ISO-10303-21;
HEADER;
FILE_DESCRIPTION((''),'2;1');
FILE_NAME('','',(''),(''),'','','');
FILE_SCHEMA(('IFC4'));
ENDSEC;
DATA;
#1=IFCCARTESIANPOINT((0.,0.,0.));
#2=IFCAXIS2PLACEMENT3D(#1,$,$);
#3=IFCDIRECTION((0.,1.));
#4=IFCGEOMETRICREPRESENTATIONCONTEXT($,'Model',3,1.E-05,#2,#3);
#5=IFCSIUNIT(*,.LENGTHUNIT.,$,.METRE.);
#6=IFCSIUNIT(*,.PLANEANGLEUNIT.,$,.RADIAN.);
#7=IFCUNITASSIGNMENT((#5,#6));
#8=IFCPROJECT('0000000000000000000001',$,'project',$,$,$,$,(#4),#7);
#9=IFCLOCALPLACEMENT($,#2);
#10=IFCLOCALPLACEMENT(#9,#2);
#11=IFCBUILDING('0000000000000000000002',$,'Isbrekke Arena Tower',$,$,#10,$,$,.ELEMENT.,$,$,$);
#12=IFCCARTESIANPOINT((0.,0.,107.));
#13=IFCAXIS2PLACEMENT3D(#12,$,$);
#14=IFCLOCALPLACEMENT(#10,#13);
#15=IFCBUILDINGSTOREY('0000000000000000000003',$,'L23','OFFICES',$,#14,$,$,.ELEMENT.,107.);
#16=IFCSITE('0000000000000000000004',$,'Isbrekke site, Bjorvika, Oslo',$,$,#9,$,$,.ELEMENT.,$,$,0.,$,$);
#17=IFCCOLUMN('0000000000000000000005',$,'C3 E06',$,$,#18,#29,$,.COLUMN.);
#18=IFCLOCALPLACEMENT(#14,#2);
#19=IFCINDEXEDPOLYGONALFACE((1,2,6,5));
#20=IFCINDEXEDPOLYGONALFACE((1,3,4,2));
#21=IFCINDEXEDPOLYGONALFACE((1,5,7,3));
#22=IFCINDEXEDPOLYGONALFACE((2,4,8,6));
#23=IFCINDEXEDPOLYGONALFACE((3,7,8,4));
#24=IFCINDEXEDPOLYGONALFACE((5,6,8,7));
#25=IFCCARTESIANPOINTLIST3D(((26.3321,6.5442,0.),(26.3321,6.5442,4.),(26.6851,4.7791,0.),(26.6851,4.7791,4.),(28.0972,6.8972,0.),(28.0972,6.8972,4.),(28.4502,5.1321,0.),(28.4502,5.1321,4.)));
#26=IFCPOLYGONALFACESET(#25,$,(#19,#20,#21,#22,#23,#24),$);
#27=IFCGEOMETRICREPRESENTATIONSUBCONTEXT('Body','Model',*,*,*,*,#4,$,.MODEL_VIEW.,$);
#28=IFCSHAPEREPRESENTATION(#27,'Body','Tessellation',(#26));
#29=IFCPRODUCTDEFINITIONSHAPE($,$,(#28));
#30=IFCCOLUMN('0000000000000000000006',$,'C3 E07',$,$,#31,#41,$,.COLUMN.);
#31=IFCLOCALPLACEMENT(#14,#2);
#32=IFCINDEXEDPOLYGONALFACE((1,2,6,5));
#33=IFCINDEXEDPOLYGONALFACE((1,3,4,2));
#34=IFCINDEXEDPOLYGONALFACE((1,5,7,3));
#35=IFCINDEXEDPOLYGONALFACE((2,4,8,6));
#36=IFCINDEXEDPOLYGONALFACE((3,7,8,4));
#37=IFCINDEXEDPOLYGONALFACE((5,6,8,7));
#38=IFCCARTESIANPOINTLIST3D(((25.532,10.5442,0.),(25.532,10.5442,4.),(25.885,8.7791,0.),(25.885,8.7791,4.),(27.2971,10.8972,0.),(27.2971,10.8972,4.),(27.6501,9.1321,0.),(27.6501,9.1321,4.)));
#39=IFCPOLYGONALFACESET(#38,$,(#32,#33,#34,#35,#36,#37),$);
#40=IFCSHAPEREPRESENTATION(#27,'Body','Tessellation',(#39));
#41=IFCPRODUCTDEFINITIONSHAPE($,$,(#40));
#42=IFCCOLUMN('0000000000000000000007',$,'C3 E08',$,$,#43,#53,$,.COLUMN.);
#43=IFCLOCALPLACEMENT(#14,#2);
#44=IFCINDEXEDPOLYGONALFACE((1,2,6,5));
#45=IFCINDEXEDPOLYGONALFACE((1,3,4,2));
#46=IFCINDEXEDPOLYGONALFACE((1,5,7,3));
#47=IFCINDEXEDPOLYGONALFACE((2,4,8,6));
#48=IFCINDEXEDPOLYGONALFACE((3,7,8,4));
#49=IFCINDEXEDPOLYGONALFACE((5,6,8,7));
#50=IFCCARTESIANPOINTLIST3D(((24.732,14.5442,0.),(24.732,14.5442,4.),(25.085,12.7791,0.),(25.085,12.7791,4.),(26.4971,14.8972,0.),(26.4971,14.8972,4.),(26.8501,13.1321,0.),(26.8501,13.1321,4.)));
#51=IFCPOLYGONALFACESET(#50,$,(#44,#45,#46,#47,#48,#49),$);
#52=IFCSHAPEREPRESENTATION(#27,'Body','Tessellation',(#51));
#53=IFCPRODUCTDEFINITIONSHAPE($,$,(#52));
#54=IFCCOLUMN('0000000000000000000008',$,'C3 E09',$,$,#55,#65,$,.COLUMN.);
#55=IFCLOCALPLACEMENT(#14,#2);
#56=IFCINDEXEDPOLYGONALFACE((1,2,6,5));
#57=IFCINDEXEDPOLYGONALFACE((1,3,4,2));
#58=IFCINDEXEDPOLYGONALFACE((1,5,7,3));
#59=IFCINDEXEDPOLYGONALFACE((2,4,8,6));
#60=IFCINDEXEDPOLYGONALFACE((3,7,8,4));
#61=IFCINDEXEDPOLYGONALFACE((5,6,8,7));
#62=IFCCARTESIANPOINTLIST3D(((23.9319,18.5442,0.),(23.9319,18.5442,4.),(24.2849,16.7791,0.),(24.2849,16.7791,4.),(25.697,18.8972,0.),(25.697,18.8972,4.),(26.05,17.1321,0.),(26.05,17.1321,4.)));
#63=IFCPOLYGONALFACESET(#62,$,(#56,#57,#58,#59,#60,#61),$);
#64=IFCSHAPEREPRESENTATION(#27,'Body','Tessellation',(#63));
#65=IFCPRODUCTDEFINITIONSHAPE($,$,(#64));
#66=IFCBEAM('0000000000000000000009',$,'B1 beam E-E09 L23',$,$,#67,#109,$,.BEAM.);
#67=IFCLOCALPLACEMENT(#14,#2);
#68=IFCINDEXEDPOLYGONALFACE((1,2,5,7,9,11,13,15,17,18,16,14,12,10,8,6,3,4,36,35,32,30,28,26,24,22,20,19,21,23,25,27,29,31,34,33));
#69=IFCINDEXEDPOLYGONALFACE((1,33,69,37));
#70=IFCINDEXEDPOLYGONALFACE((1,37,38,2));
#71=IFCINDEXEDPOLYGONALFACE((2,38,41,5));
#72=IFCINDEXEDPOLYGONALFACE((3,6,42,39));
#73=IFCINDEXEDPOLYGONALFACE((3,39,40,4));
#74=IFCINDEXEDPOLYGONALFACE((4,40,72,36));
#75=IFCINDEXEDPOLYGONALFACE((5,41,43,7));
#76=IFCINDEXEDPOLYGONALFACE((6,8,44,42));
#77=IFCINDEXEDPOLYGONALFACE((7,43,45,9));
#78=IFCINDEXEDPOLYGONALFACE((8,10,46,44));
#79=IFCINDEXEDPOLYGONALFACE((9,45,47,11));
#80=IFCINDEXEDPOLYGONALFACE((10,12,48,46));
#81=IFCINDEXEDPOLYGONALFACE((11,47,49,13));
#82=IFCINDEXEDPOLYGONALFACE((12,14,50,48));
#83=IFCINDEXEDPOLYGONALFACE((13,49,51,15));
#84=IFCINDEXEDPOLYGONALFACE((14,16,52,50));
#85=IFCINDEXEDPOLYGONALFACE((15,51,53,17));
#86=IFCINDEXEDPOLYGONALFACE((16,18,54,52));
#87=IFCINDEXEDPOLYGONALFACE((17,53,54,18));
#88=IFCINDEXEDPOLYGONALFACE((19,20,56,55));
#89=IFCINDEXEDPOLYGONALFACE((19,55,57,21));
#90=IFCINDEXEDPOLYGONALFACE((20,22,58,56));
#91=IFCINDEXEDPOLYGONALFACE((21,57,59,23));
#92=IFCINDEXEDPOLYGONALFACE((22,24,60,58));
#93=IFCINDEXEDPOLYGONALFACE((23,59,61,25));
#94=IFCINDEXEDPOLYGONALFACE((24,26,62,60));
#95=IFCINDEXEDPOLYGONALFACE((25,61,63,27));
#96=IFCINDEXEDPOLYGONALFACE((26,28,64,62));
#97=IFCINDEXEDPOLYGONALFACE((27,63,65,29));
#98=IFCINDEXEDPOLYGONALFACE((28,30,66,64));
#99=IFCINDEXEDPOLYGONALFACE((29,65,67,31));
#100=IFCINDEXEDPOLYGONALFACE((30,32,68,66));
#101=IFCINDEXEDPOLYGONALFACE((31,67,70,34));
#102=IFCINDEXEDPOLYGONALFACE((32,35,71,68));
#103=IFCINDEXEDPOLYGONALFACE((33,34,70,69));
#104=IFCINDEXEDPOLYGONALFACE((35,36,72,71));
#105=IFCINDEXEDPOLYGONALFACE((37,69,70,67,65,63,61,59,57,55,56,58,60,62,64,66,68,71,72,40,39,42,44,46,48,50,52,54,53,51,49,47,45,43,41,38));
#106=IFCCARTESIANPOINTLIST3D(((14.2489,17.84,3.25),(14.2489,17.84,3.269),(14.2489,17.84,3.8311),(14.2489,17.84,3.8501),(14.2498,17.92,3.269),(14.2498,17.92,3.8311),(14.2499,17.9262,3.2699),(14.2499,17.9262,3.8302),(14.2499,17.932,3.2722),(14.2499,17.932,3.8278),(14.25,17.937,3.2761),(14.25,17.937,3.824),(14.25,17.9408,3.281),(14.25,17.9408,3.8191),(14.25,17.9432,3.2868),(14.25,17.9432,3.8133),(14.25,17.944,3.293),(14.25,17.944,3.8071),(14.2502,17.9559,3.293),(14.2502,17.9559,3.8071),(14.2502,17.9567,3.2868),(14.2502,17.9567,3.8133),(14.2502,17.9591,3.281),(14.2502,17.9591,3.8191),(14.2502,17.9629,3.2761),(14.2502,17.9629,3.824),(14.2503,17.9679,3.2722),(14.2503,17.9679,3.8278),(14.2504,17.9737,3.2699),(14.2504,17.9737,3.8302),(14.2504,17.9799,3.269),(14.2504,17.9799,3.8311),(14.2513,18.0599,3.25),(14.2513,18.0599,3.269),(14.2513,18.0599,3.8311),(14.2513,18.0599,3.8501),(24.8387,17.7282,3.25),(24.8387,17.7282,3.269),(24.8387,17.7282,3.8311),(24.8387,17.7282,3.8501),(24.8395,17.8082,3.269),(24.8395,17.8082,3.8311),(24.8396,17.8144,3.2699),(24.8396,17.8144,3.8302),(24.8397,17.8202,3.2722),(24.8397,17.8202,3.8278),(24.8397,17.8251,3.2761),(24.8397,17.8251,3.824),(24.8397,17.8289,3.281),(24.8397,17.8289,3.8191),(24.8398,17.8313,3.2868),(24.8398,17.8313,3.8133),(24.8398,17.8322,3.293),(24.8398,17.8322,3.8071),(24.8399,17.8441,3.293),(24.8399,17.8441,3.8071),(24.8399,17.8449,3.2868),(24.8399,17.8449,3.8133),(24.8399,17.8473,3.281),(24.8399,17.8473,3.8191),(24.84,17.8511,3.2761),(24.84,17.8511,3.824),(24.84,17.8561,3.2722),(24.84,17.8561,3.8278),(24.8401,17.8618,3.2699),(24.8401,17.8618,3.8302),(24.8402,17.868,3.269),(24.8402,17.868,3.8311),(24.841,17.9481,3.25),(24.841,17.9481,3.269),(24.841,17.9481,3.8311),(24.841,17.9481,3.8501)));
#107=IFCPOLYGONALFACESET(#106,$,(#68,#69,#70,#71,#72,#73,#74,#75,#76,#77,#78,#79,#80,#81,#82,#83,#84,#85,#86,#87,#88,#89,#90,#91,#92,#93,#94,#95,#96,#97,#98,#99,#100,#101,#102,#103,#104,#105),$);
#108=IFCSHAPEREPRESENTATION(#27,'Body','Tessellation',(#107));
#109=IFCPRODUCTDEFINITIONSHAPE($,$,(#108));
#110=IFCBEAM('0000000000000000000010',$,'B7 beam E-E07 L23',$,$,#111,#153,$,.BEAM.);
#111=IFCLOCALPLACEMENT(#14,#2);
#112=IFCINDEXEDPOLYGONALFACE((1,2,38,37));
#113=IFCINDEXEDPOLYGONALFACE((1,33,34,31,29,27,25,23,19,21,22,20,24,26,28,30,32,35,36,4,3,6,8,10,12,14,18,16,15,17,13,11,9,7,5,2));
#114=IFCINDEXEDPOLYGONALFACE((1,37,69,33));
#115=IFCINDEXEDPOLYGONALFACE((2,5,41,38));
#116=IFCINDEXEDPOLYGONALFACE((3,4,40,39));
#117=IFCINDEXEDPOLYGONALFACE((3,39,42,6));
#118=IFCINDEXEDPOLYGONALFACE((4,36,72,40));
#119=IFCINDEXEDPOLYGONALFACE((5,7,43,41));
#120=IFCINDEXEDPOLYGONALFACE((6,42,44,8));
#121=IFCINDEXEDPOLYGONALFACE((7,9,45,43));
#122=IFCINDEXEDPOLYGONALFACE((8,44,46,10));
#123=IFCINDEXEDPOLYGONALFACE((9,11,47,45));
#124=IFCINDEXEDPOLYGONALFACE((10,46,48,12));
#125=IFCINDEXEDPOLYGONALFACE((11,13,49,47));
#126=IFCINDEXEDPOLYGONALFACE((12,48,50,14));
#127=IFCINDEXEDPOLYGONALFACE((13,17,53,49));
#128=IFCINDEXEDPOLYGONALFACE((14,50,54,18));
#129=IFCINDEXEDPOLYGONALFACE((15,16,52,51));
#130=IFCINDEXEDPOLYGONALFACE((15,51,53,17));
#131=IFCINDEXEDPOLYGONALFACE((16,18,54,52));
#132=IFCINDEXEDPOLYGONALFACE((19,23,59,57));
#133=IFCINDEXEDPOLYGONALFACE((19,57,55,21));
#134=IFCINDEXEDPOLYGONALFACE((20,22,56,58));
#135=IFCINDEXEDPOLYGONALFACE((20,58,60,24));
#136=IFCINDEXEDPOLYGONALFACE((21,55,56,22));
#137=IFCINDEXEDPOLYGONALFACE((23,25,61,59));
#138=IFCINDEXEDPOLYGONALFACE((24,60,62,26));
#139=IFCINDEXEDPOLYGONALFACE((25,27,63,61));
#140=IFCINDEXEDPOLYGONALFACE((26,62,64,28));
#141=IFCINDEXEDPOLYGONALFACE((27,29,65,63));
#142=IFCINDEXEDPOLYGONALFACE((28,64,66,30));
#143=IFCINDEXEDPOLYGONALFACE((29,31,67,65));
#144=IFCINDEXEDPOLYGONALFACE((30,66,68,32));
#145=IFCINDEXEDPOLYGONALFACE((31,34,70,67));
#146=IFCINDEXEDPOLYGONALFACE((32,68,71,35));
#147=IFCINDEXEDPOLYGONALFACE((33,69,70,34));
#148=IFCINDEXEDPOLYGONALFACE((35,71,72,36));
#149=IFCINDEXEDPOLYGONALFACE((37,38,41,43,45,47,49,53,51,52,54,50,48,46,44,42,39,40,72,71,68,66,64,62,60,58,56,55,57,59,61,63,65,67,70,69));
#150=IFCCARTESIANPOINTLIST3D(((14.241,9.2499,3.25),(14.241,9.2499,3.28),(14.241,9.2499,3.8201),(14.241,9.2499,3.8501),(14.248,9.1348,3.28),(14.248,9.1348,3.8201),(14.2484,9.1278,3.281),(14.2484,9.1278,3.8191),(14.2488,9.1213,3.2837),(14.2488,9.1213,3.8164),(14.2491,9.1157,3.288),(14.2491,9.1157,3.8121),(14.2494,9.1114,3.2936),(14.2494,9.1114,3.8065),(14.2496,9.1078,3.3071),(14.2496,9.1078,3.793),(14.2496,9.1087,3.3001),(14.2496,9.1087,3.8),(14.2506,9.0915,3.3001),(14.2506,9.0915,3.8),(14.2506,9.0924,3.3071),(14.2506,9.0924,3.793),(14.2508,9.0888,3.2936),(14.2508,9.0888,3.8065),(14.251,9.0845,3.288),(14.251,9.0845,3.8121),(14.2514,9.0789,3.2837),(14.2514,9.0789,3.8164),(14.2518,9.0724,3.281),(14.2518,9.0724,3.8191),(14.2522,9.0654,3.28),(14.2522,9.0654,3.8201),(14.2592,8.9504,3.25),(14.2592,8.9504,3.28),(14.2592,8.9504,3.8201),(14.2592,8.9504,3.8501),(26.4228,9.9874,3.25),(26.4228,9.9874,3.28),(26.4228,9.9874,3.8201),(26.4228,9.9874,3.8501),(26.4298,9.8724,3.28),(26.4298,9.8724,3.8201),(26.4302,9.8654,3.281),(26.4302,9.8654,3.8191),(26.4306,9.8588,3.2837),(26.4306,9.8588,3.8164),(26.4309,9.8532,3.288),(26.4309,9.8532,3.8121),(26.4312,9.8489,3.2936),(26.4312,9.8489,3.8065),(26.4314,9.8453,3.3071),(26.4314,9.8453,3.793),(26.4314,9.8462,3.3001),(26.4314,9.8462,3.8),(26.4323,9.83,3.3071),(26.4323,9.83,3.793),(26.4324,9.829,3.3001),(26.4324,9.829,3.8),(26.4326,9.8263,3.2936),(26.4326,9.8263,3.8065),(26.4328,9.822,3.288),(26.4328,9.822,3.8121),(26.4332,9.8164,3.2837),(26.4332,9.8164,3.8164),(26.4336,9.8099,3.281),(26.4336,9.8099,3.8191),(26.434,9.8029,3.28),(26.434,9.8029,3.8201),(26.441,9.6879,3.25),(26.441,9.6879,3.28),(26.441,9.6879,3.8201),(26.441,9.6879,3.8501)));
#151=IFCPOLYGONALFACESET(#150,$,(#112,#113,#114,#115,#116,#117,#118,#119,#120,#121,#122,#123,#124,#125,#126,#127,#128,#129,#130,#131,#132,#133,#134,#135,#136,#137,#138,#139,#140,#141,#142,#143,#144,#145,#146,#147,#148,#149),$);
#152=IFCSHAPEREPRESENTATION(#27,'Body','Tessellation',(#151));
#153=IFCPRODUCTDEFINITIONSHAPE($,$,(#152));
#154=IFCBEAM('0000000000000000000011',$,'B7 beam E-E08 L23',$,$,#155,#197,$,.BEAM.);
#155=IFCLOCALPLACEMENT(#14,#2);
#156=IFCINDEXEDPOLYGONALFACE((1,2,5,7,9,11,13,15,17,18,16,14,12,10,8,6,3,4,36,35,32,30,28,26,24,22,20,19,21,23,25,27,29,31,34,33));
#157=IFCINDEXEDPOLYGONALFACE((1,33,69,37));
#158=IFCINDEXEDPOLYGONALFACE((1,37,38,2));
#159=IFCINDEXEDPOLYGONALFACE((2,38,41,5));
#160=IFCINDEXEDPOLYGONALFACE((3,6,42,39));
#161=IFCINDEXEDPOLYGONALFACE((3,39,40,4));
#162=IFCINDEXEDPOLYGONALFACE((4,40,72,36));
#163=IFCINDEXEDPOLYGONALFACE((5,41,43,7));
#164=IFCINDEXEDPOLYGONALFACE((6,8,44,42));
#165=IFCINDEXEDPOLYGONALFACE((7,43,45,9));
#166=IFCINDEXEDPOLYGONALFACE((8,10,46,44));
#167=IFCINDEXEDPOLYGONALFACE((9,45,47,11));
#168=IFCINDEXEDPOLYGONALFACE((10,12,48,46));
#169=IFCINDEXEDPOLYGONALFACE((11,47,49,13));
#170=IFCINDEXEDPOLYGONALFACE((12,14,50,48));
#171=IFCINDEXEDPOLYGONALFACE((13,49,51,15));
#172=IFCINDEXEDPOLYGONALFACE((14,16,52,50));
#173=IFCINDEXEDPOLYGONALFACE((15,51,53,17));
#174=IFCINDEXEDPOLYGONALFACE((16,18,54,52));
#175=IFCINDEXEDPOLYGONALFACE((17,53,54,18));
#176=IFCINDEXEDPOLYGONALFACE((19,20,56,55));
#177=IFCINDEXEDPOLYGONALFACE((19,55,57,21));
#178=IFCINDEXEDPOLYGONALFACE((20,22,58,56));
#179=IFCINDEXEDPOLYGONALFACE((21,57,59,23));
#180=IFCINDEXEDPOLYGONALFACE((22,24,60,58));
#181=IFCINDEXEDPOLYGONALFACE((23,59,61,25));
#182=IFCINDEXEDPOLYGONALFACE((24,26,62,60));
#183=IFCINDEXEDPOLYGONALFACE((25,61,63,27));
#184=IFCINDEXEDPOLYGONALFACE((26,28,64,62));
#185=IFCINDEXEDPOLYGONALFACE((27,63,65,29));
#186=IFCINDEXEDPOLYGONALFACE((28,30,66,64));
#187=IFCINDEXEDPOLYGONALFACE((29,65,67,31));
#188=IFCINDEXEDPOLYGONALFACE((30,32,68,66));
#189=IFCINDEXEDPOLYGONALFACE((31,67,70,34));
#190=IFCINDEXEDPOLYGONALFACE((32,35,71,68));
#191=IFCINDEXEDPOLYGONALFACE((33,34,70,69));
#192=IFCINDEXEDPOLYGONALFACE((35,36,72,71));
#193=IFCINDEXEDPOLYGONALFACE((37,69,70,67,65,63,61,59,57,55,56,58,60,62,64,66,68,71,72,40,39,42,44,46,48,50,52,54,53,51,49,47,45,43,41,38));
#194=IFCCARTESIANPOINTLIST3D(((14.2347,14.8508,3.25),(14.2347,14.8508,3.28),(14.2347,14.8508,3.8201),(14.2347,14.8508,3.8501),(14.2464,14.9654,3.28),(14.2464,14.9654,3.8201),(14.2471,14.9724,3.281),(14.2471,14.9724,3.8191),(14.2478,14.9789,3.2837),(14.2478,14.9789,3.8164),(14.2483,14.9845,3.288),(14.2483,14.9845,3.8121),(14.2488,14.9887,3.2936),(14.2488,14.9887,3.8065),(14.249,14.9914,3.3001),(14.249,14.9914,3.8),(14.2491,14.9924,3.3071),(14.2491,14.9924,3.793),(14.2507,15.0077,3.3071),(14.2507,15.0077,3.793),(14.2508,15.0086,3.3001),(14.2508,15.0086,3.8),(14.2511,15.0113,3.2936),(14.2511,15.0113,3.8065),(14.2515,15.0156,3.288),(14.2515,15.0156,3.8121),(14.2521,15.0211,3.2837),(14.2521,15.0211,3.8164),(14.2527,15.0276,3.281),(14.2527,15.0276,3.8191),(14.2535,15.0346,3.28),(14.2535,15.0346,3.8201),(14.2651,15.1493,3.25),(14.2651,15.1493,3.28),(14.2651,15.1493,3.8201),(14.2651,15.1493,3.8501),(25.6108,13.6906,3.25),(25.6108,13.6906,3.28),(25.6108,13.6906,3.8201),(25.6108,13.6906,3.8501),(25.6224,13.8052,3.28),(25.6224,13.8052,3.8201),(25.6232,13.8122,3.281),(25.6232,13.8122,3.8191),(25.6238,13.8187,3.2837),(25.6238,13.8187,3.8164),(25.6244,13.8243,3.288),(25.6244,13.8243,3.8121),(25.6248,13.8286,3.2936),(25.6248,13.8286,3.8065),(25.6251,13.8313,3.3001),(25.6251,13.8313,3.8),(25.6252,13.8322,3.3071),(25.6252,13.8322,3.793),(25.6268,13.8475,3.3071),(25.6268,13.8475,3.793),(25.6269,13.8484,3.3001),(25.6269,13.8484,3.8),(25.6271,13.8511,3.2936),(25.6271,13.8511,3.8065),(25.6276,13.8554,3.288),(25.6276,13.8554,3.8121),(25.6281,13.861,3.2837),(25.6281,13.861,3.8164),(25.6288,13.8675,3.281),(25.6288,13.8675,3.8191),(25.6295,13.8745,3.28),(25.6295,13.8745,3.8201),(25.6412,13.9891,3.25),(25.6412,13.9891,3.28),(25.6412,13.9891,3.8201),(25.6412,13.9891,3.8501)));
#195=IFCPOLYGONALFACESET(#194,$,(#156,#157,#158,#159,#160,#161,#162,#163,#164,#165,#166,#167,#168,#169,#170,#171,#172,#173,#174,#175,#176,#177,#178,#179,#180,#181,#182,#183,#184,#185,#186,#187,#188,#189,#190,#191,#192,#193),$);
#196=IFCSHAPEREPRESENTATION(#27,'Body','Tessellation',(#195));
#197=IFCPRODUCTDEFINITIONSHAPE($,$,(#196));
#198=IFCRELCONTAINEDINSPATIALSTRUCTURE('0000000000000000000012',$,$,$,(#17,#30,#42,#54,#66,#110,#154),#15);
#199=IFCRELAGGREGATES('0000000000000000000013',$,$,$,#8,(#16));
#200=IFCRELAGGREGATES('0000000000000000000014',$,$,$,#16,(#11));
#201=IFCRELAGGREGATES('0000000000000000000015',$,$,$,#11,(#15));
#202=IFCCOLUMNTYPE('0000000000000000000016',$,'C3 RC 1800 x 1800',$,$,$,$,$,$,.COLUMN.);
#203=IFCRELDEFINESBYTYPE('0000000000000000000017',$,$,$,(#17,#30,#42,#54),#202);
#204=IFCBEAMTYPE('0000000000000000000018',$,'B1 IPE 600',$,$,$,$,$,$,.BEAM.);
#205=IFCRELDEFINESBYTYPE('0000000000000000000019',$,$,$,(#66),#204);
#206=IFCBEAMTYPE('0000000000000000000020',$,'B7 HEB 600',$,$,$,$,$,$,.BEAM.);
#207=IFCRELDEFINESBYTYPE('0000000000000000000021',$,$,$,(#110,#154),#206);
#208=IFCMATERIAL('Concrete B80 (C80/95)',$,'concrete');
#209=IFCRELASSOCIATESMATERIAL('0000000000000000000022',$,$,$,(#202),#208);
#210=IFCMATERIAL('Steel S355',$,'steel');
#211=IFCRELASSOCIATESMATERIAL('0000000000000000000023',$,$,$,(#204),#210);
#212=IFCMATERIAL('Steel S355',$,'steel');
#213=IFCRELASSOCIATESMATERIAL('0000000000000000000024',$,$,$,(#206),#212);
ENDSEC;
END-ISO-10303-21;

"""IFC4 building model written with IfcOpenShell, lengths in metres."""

from ifc_helpers import new_model, si_unit, direction, frame, origin, origin_2d, place, context, subcontext, project, spatial, rectangle, i_section, extrude, material, material_profile, profile_set, type_object, element, save


model = new_model("IFC4")

# Units and contexts
model_context = context("Model", 3, precision=1e-05, world=origin(), true_north=direction((0.0, 1.0)))
body_context = subcontext(model_context, "Body", "Model", "MODEL_VIEW")
ifc_project = project(units=[si_unit("LENGTHUNIT", "METRE"), si_unit("PLANEANGLEUNIT", "RADIAN")], contexts=[model_context])

# Site, building, storey
site_placement = place(None, origin())
site = spatial("IfcSite", under=ifc_project, at=site_placement, Name="Isbrekke site, Bjorvika, Oslo", CompositionType="ELEMENT", RefElevation=0.0)
building_placement = place(site_placement, origin())
building = spatial("IfcBuilding", under=site, at=building_placement, Name="Isbrekke Arena Tower", CompositionType="ELEMENT")
storey_placement = place(building_placement, frame((0.0, 0.0, 107.0)))
storey = spatial("IfcBuildingStorey", under=building, at=storey_placement, Name="L23", Description="OFFICES", CompositionType="ELEMENT", Elevation=107.0)

# Columns
ifc_material_1 = material(Name="Concrete B80 (C80/95)", Category="concrete")
ifc_material_profile_1 = material_profile(ifc_material_1, rectangle(XDim=1.8, YDim=1.8, at=origin_2d()), Name="RC 1800x1800")
ifc_profile_set_1 = profile_set([ifc_material_profile_1], Name="Concrete B80 (C80/95)")
column_type = type_object("IfcColumnType", Name="C3 RC 1800 x 1800", PredefinedType="COLUMN", material=ifc_profile_set_1)
for number, where, z_axis, x_axis, name in (
    (1, (27.3911, 5.8381, 0.0), (0.0, 0.0, 1.0), (-0.196116, 0.980581, 0.0), "C3 E06"),
    (2, (26.5911, 9.8381, 0.0), (0.0, 0.0, 1.0), (-0.196116, 0.980581, 0.0), "C3 E07"),
    (3, (25.791, 13.8381, 0.0), (0.0, 0.0, 1.0), (-0.196116, 0.980581, 0.0), "C3 E08"),
    (4, (24.991, 17.8381, 0.0), (0.0, 0.0, 1.0), (-0.196116, 0.980581, 0.0), "C3 E09"),
):
    element("IfcColumn", number, at=place(storey_placement, frame(where, z_axis=z_axis, x_axis=x_axis)), inside=storey, type_object=column_type, Name=name, PredefinedType="COLUMN", context=body_context, shape_type="SweptSolid", body=[
        extrude(rectangle(XDim=1.8, YDim=1.8, at=origin_2d()), origin(), (0.0, 0.0, 1.0), 4.0),
    ])

# Beams
ifc_material_2 = material(Name="Steel S355", Category="steel")
ifc_material_profile_2 = material_profile(ifc_material_2, i_section(OverallWidth=0.22, OverallDepth=0.6001, WebThickness=0.012, FlangeThickness=0.019, FilletRadius=0.0239, at=origin_2d()), Name="IPE 600")
ifc_profile_set_2 = profile_set([ifc_material_profile_2], Name="Steel S355")
beam_type_1 = type_object("IfcBeamType", Name="B1 IPE 600", PredefinedType="BEAM", material=ifc_profile_set_2)
beam_1_placement = place(storey_placement, frame((24.8398, 17.8381, 3.55), z_axis=(-0.999944, 0.010558, 0.0), x_axis=(-0.010558, -0.999944, 0.0)))
element("IfcBeam", 5, at=beam_1_placement, inside=storey, type_object=beam_type_1, Name="B1 beam E-E09 L23", PredefinedType="BEAM", context=body_context, shape_type="SweptSolid", body=[
    extrude(i_section(OverallWidth=0.22, OverallDepth=0.6001, WebThickness=0.012, FlangeThickness=0.019, FilletRadius=0.0239, at=origin_2d()), origin(), (0.0, 0.0, 1.0), 10.5903),
])
ifc_material_3 = material(Name="Steel S355", Category="steel")
ifc_material_profile_3 = material_profile(ifc_material_3, i_section(OverallWidth=0.3, OverallDepth=0.6001, WebThickness=0.0154, FlangeThickness=0.03, FilletRadius=0.0271, at=origin_2d()), Name="HEB 600")
ifc_profile_set_3 = profile_set([ifc_material_profile_3], Name="Steel S355")
beam_type_2 = type_object("IfcBeamType", Name="B7 HEB 600", PredefinedType="BEAM", material=ifc_profile_set_3)
beam_2_placement = place(storey_placement, frame((26.4319, 9.8376, 3.55), z_axis=(-0.998172, -0.060434, 0.0), x_axis=(0.060434, -0.998172, 0.0)))
element("IfcBeam", 6, at=beam_2_placement, inside=storey, type_object=beam_type_2, Name="B7 beam E-E07 L23", PredefinedType="BEAM", context=body_context, shape_type="SweptSolid", body=[
    extrude(i_section(OverallWidth=0.3, OverallDepth=0.6001, WebThickness=0.0154, FlangeThickness=0.03, FilletRadius=0.0271, at=origin_2d()), origin(), (0.0, 0.0, 1.0), 12.2041),
])
beam_3_placement = place(storey_placement, frame((25.626, 13.8398, 3.55), z_axis=(-0.99484, 0.101457, 0.0), x_axis=(-0.101457, -0.99484, 0.0)))
element("IfcBeam", 7, at=beam_3_placement, inside=storey, type_object=beam_type_2, Name="B7 beam E-E08 L23", PredefinedType="BEAM", context=body_context, shape_type="SweptSolid", body=[
    extrude(i_section(OverallWidth=0.3, OverallDepth=0.6001, WebThickness=0.0154, FlangeThickness=0.03, FilletRadius=0.0271, at=origin_2d()), origin(), (0.0, 0.0, 1.0), 11.4351),
])

save(model, "model.ifc")
